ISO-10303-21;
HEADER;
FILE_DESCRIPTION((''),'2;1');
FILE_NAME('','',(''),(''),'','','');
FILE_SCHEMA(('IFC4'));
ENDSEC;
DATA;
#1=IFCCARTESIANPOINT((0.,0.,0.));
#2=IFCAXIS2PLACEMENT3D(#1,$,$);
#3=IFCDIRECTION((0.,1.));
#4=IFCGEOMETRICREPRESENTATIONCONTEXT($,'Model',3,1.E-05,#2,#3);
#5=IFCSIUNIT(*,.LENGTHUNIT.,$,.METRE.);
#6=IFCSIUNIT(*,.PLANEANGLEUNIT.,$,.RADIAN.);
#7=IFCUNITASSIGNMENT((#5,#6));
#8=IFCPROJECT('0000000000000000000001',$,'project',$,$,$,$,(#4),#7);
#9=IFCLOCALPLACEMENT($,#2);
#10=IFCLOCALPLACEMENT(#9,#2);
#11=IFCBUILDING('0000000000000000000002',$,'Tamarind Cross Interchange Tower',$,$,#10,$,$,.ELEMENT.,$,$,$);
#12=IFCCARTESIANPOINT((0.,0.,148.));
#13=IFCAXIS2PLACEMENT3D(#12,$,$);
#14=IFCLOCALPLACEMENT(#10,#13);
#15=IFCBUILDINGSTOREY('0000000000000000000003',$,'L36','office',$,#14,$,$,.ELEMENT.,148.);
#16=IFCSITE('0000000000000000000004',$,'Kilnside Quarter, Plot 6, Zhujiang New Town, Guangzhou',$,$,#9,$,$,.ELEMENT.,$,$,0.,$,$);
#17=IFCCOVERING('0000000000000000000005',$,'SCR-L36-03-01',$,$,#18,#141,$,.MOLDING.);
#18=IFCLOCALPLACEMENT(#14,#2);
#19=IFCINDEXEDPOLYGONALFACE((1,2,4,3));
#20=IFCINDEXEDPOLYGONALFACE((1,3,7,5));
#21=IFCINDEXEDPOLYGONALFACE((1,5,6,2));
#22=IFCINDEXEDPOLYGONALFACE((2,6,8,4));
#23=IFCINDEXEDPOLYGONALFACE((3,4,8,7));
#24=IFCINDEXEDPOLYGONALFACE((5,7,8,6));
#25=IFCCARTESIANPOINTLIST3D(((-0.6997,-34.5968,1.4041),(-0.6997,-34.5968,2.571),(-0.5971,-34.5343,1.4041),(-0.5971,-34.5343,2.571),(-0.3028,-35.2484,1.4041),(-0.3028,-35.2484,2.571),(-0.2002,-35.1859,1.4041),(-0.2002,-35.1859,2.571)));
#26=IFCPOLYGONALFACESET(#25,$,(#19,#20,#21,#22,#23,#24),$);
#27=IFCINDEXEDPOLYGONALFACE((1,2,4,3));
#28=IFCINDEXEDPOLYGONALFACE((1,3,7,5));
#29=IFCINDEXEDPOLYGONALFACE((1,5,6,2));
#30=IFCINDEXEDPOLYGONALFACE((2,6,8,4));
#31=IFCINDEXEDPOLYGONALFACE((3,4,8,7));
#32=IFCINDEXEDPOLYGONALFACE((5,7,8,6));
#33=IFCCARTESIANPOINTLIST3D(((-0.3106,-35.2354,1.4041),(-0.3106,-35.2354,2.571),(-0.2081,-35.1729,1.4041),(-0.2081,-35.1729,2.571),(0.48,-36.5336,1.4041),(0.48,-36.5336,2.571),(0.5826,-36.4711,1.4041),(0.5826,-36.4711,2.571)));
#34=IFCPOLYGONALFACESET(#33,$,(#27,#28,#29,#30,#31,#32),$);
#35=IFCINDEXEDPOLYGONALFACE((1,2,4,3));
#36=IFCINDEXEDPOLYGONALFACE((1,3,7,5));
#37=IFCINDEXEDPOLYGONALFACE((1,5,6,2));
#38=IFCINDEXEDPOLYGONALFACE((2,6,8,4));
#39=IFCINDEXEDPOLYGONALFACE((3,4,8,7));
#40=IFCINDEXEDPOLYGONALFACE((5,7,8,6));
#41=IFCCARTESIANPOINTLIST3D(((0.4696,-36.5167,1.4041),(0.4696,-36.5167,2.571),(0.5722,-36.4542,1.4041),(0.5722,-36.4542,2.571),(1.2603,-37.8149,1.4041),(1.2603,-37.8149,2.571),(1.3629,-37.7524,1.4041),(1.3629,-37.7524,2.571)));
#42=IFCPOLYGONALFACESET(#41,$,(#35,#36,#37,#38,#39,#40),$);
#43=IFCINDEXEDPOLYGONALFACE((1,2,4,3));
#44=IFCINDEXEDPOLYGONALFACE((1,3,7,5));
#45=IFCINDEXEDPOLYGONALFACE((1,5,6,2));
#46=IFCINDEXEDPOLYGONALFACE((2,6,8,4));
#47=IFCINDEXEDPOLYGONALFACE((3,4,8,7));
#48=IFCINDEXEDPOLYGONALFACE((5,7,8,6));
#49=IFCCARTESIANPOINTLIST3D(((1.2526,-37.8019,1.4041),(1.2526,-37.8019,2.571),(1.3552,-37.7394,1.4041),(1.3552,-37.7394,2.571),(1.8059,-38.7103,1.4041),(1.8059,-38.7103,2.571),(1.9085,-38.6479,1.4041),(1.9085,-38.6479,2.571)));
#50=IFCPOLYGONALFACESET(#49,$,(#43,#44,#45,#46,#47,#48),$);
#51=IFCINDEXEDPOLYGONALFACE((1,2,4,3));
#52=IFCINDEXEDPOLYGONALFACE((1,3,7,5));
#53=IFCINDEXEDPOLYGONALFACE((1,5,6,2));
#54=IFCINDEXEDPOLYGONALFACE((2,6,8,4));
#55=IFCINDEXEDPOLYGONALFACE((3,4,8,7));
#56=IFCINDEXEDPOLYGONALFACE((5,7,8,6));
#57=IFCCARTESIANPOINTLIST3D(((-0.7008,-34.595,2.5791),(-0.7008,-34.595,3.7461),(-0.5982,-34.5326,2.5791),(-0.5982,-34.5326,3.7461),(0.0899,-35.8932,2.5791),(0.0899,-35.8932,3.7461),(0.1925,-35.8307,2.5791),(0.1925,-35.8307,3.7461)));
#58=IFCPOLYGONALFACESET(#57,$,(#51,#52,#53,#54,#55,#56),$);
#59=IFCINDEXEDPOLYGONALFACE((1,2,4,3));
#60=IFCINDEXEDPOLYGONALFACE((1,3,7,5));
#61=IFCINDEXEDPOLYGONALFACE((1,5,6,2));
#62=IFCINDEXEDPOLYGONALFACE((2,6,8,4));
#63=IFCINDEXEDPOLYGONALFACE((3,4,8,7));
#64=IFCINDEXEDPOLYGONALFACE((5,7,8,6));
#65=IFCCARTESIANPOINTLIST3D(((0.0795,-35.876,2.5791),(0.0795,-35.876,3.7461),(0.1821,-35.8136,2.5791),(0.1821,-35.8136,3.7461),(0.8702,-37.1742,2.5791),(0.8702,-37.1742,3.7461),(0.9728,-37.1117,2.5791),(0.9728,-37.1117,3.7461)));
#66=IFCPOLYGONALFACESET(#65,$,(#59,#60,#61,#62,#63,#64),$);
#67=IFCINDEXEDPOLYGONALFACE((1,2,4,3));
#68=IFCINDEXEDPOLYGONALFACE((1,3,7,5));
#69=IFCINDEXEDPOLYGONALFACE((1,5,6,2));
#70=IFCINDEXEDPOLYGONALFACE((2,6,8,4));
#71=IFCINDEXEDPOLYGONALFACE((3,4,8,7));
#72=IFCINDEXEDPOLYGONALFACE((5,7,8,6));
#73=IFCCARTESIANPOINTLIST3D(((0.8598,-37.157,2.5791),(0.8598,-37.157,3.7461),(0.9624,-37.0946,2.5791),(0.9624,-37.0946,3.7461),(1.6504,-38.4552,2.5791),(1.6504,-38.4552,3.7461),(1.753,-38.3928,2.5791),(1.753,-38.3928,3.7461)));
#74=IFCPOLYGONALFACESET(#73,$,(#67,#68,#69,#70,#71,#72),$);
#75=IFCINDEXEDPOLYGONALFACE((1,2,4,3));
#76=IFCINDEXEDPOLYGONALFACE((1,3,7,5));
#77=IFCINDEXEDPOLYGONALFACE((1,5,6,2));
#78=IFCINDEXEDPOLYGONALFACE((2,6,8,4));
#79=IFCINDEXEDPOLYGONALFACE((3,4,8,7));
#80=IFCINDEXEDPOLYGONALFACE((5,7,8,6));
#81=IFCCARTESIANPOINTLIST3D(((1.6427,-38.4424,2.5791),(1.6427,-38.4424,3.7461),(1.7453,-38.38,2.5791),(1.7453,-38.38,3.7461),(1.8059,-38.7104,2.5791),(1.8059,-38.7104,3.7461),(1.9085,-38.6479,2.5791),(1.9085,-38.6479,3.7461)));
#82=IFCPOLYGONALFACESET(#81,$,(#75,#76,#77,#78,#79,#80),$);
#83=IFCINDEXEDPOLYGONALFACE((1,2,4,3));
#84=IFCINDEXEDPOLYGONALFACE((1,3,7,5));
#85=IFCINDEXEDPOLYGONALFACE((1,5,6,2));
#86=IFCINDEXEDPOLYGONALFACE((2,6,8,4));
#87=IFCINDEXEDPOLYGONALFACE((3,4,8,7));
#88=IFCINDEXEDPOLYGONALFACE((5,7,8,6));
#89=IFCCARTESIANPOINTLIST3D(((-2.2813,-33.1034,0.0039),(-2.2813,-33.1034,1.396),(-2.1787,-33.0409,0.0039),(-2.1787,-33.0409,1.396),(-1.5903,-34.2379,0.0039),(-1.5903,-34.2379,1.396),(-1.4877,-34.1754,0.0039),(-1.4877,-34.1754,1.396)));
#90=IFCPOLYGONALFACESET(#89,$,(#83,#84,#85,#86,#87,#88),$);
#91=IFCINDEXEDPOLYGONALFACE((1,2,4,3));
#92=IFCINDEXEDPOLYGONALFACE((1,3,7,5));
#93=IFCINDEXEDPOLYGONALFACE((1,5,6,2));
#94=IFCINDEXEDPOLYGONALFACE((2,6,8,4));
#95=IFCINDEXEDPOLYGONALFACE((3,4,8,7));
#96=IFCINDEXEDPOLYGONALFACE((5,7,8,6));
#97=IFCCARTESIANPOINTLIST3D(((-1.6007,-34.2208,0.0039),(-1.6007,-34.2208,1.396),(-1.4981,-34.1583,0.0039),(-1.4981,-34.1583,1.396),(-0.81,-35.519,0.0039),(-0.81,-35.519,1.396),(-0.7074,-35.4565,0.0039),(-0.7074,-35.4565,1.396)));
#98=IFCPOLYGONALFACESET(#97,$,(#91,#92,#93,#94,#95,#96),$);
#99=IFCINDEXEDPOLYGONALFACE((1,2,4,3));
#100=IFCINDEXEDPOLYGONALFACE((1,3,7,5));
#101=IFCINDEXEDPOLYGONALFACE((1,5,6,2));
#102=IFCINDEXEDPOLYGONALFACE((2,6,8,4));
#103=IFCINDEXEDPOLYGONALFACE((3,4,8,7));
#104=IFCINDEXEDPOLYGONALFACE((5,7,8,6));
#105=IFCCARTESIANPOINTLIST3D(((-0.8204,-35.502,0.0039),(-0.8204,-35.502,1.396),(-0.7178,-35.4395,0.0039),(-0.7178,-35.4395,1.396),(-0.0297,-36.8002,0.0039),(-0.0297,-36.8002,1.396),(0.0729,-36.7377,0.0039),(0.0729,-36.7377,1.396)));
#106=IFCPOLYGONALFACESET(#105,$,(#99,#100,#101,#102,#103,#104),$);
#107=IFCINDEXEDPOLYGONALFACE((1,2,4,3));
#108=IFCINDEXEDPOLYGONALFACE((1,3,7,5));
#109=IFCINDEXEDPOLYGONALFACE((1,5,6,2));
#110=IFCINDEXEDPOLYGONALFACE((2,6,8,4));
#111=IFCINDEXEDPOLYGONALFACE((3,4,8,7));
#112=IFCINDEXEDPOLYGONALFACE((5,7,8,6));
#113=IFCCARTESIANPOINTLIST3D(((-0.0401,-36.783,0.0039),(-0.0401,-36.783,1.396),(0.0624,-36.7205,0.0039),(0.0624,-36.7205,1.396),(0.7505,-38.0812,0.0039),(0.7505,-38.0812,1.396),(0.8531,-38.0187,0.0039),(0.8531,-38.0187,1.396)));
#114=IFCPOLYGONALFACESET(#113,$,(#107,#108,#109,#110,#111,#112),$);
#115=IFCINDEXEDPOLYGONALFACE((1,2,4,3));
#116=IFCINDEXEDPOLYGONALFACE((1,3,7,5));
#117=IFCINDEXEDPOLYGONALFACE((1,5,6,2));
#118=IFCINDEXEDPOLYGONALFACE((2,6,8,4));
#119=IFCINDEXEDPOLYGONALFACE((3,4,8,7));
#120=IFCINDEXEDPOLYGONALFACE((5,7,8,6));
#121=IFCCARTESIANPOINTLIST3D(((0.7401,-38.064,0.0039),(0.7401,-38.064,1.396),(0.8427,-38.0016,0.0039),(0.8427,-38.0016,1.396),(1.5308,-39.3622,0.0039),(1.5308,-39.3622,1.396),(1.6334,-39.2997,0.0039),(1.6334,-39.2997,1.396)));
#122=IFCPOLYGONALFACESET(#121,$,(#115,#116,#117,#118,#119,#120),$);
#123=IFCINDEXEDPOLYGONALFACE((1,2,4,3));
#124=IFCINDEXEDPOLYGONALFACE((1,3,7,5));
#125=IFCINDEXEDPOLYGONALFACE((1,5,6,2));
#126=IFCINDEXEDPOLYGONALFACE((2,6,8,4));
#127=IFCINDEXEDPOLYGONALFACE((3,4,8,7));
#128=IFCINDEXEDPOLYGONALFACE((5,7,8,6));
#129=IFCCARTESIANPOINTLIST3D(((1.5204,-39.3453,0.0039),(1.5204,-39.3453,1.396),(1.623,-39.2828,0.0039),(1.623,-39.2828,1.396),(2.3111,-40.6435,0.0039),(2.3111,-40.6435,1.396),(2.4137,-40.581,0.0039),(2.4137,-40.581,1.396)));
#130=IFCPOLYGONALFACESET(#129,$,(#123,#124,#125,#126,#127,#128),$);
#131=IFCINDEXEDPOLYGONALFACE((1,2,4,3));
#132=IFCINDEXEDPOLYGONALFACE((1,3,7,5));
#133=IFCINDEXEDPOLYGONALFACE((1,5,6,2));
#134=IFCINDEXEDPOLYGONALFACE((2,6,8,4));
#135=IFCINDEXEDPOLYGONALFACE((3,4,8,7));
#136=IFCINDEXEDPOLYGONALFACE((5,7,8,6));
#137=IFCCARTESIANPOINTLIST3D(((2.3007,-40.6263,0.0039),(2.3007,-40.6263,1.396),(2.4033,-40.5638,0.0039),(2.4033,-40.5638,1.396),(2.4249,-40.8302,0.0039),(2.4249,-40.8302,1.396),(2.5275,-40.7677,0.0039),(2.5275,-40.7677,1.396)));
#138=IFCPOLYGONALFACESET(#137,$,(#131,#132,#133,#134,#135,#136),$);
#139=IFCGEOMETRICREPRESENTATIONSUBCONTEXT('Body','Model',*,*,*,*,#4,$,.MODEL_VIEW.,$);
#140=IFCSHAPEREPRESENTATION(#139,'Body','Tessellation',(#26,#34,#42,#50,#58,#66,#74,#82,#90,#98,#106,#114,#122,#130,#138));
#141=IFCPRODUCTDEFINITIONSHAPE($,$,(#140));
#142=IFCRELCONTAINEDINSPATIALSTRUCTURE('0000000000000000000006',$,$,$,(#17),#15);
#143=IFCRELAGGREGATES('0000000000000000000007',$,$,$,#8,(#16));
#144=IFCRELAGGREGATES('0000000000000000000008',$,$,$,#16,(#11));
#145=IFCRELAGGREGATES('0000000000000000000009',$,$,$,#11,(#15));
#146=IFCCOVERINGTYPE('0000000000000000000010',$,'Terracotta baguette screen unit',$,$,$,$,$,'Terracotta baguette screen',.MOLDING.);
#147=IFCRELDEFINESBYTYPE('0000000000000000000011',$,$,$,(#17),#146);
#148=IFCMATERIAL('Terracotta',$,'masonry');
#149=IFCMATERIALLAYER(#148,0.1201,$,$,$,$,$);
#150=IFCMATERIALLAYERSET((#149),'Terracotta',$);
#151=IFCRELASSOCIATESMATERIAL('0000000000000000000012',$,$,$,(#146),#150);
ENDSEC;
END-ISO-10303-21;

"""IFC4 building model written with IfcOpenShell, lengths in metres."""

from ifc_helpers import new_model, si_unit, direction, frame, origin, origin_2d, place, context, subcontext, project, spatial, rectangle, extrude, material, layer, layer_set, type_object, element, save


model = new_model("IFC4")

# Units and contexts
model_context = context("Model", 3, precision=1e-05, world=origin(), true_north=direction((0.0, 1.0)))
body_context = subcontext(model_context, "Body", "Model", "MODEL_VIEW")
ifc_project = project(units=[si_unit("LENGTHUNIT", "METRE"), si_unit("PLANEANGLEUNIT", "RADIAN")], contexts=[model_context])

# Site, building, storey
site_placement = place(None, origin())
site = spatial("IfcSite", under=ifc_project, at=site_placement, Name="Kilnside Quarter, Plot 6, Zhujiang New Town, Guangzhou", CompositionType="ELEMENT", RefElevation=0.0)
building_placement = place(site_placement, origin())
building = spatial("IfcBuilding", under=site, at=building_placement, Name="Tamarind Cross Interchange Tower", CompositionType="ELEMENT")
storey_placement = place(building_placement, frame((0.0, 0.0, 148.0)))
storey = spatial("IfcBuildingStorey", under=building, at=storey_placement, Name="L36", Description="office", CompositionType="ELEMENT", Elevation=148.0)

# Covering
ifc_material_1 = material(Name="Terracotta", Category="masonry")
ifc_layer_1 = layer(ifc_material_1, 0.1201)
ifc_layer_set_1 = layer_set([ifc_layer_1], Name="Terracotta")
covering_type = type_object("IfcCoveringType", Name="Terracotta baguette screen unit", ElementType="Terracotta baguette screen", PredefinedType="MOLDING", material=ifc_layer_set_1)
covering_1_placement = place(storey_placement, origin())
element("IfcCovering", 1, at=covering_1_placement, inside=storey, type_object=covering_type, Name="SCR-L36-03-01", PredefinedType="MOLDING", context=body_context, shape_type="SweptSolid", body=[
    extrude(rectangle(XDim=0.7629, YDim=0.1201, at=origin_2d()), frame((-0.45, -34.8914, 1.4041), z_axis=(0.0, 0.0, 1.0), x_axis=(0.520175, -0.85406, 0.0)), (0.0, 0.0, 1.0), 1.167),
    extrude(rectangle(XDim=1.52, YDim=0.1201, at=origin_2d()), frame((0.136, -35.8533, 1.4041), z_axis=(0.0, 0.0, 1.0), x_axis=(0.520175, -0.85406, 0.0)), (0.0, 0.0, 1.0), 1.167),
    extrude(rectangle(XDim=1.52, YDim=0.1201, at=origin_2d()), frame((0.9163, -37.1345, 1.4041), z_axis=(0.0, 0.0, 1.0), x_axis=(0.520175, -0.85406, 0.0)), (0.0, 0.0, 1.0), 1.167),
    extrude(rectangle(XDim=1.0637, YDim=0.1201, at=origin_2d()), frame((1.5806, -38.2249, 1.4041), z_axis=(0.0, 0.0, 1.0), x_axis=(0.520175, -0.85406, 0.0)), (0.0, 0.0, 1.0), 1.167),
    extrude(rectangle(XDim=1.52, YDim=0.1201, at=origin_2d()), frame((-0.2542, -35.2129, 2.5791), z_axis=(0.0, 0.0, 1.0), x_axis=(0.520175, -0.85406, 0.0)), (0.0, 0.0, 1.0), 1.167),
    extrude(rectangle(XDim=1.52, YDim=0.1201, at=origin_2d()), frame((0.5261, -36.4939, 2.5791), z_axis=(0.0, 0.0, 1.0), x_axis=(0.520175, -0.85406, 0.0)), (0.0, 0.0, 1.0), 1.167),
    extrude(rectangle(XDim=1.52, YDim=0.1201, at=origin_2d()), frame((1.3064, -37.7749, 2.5791), z_axis=(0.0, 0.0, 1.0), x_axis=(0.520175, -0.85406, 0.0)), (0.0, 0.0, 1.0), 1.167),
    extrude(rectangle(XDim=0.3137, YDim=0.1201, at=origin_2d()), frame((1.7756, -38.5452, 2.5791), z_axis=(0.0, 0.0, 1.0), x_axis=(0.520175, -0.85406, 0.0)), (0.0, 0.0, 1.0), 1.167),
    extrude(rectangle(XDim=1.3284, YDim=0.1201, at=origin_2d()), frame((-1.8845, -33.6394, 0.0039), z_axis=(0.0, 0.0, 1.0), x_axis=(0.520175, -0.85406, 0.0)), (0.0, 0.0, 1.0), 1.3921),
    extrude(rectangle(XDim=1.52, YDim=0.1201, at=origin_2d()), frame((-1.1541, -34.8386, 0.0039), z_axis=(0.0, 0.0, 1.0), x_axis=(0.520175, -0.85406, 0.0)), (0.0, 0.0, 1.0), 1.3921),
    extrude(rectangle(XDim=1.52, YDim=0.1201, at=origin_2d()), frame((-0.3738, -36.1199, 0.0039), z_axis=(0.0, 0.0, 1.0), x_axis=(0.520175, -0.85406, 0.0)), (0.0, 0.0, 1.0), 1.3921),
    extrude(rectangle(XDim=1.52, YDim=0.1201, at=origin_2d()), frame((0.4065, -37.4009, 0.0039), z_axis=(0.0, 0.0, 1.0), x_axis=(0.520175, -0.85406, 0.0)), (0.0, 0.0, 1.0), 1.3921),
    extrude(rectangle(XDim=1.52, YDim=0.1201, at=origin_2d()), frame((1.1868, -38.6819, 0.0039), z_axis=(0.0, 0.0, 1.0), x_axis=(0.520175, -0.85406, 0.0)), (0.0, 0.0, 1.0), 1.3921),
    extrude(rectangle(XDim=1.52, YDim=0.1201, at=origin_2d()), frame((1.967, -39.9631, 0.0039), z_axis=(0.0, 0.0, 1.0), x_axis=(0.520175, -0.85406, 0.0)), (0.0, 0.0, 1.0), 1.3921),
    extrude(rectangle(XDim=0.2388, YDim=0.1201, at=origin_2d()), frame((2.4141, -40.697, 0.0039), z_axis=(0.0, 0.0, 1.0), x_axis=(0.520175, -0.85406, 0.0)), (0.0, 0.0, 1.0), 1.3921),
])

save(model, "model.ifc")
